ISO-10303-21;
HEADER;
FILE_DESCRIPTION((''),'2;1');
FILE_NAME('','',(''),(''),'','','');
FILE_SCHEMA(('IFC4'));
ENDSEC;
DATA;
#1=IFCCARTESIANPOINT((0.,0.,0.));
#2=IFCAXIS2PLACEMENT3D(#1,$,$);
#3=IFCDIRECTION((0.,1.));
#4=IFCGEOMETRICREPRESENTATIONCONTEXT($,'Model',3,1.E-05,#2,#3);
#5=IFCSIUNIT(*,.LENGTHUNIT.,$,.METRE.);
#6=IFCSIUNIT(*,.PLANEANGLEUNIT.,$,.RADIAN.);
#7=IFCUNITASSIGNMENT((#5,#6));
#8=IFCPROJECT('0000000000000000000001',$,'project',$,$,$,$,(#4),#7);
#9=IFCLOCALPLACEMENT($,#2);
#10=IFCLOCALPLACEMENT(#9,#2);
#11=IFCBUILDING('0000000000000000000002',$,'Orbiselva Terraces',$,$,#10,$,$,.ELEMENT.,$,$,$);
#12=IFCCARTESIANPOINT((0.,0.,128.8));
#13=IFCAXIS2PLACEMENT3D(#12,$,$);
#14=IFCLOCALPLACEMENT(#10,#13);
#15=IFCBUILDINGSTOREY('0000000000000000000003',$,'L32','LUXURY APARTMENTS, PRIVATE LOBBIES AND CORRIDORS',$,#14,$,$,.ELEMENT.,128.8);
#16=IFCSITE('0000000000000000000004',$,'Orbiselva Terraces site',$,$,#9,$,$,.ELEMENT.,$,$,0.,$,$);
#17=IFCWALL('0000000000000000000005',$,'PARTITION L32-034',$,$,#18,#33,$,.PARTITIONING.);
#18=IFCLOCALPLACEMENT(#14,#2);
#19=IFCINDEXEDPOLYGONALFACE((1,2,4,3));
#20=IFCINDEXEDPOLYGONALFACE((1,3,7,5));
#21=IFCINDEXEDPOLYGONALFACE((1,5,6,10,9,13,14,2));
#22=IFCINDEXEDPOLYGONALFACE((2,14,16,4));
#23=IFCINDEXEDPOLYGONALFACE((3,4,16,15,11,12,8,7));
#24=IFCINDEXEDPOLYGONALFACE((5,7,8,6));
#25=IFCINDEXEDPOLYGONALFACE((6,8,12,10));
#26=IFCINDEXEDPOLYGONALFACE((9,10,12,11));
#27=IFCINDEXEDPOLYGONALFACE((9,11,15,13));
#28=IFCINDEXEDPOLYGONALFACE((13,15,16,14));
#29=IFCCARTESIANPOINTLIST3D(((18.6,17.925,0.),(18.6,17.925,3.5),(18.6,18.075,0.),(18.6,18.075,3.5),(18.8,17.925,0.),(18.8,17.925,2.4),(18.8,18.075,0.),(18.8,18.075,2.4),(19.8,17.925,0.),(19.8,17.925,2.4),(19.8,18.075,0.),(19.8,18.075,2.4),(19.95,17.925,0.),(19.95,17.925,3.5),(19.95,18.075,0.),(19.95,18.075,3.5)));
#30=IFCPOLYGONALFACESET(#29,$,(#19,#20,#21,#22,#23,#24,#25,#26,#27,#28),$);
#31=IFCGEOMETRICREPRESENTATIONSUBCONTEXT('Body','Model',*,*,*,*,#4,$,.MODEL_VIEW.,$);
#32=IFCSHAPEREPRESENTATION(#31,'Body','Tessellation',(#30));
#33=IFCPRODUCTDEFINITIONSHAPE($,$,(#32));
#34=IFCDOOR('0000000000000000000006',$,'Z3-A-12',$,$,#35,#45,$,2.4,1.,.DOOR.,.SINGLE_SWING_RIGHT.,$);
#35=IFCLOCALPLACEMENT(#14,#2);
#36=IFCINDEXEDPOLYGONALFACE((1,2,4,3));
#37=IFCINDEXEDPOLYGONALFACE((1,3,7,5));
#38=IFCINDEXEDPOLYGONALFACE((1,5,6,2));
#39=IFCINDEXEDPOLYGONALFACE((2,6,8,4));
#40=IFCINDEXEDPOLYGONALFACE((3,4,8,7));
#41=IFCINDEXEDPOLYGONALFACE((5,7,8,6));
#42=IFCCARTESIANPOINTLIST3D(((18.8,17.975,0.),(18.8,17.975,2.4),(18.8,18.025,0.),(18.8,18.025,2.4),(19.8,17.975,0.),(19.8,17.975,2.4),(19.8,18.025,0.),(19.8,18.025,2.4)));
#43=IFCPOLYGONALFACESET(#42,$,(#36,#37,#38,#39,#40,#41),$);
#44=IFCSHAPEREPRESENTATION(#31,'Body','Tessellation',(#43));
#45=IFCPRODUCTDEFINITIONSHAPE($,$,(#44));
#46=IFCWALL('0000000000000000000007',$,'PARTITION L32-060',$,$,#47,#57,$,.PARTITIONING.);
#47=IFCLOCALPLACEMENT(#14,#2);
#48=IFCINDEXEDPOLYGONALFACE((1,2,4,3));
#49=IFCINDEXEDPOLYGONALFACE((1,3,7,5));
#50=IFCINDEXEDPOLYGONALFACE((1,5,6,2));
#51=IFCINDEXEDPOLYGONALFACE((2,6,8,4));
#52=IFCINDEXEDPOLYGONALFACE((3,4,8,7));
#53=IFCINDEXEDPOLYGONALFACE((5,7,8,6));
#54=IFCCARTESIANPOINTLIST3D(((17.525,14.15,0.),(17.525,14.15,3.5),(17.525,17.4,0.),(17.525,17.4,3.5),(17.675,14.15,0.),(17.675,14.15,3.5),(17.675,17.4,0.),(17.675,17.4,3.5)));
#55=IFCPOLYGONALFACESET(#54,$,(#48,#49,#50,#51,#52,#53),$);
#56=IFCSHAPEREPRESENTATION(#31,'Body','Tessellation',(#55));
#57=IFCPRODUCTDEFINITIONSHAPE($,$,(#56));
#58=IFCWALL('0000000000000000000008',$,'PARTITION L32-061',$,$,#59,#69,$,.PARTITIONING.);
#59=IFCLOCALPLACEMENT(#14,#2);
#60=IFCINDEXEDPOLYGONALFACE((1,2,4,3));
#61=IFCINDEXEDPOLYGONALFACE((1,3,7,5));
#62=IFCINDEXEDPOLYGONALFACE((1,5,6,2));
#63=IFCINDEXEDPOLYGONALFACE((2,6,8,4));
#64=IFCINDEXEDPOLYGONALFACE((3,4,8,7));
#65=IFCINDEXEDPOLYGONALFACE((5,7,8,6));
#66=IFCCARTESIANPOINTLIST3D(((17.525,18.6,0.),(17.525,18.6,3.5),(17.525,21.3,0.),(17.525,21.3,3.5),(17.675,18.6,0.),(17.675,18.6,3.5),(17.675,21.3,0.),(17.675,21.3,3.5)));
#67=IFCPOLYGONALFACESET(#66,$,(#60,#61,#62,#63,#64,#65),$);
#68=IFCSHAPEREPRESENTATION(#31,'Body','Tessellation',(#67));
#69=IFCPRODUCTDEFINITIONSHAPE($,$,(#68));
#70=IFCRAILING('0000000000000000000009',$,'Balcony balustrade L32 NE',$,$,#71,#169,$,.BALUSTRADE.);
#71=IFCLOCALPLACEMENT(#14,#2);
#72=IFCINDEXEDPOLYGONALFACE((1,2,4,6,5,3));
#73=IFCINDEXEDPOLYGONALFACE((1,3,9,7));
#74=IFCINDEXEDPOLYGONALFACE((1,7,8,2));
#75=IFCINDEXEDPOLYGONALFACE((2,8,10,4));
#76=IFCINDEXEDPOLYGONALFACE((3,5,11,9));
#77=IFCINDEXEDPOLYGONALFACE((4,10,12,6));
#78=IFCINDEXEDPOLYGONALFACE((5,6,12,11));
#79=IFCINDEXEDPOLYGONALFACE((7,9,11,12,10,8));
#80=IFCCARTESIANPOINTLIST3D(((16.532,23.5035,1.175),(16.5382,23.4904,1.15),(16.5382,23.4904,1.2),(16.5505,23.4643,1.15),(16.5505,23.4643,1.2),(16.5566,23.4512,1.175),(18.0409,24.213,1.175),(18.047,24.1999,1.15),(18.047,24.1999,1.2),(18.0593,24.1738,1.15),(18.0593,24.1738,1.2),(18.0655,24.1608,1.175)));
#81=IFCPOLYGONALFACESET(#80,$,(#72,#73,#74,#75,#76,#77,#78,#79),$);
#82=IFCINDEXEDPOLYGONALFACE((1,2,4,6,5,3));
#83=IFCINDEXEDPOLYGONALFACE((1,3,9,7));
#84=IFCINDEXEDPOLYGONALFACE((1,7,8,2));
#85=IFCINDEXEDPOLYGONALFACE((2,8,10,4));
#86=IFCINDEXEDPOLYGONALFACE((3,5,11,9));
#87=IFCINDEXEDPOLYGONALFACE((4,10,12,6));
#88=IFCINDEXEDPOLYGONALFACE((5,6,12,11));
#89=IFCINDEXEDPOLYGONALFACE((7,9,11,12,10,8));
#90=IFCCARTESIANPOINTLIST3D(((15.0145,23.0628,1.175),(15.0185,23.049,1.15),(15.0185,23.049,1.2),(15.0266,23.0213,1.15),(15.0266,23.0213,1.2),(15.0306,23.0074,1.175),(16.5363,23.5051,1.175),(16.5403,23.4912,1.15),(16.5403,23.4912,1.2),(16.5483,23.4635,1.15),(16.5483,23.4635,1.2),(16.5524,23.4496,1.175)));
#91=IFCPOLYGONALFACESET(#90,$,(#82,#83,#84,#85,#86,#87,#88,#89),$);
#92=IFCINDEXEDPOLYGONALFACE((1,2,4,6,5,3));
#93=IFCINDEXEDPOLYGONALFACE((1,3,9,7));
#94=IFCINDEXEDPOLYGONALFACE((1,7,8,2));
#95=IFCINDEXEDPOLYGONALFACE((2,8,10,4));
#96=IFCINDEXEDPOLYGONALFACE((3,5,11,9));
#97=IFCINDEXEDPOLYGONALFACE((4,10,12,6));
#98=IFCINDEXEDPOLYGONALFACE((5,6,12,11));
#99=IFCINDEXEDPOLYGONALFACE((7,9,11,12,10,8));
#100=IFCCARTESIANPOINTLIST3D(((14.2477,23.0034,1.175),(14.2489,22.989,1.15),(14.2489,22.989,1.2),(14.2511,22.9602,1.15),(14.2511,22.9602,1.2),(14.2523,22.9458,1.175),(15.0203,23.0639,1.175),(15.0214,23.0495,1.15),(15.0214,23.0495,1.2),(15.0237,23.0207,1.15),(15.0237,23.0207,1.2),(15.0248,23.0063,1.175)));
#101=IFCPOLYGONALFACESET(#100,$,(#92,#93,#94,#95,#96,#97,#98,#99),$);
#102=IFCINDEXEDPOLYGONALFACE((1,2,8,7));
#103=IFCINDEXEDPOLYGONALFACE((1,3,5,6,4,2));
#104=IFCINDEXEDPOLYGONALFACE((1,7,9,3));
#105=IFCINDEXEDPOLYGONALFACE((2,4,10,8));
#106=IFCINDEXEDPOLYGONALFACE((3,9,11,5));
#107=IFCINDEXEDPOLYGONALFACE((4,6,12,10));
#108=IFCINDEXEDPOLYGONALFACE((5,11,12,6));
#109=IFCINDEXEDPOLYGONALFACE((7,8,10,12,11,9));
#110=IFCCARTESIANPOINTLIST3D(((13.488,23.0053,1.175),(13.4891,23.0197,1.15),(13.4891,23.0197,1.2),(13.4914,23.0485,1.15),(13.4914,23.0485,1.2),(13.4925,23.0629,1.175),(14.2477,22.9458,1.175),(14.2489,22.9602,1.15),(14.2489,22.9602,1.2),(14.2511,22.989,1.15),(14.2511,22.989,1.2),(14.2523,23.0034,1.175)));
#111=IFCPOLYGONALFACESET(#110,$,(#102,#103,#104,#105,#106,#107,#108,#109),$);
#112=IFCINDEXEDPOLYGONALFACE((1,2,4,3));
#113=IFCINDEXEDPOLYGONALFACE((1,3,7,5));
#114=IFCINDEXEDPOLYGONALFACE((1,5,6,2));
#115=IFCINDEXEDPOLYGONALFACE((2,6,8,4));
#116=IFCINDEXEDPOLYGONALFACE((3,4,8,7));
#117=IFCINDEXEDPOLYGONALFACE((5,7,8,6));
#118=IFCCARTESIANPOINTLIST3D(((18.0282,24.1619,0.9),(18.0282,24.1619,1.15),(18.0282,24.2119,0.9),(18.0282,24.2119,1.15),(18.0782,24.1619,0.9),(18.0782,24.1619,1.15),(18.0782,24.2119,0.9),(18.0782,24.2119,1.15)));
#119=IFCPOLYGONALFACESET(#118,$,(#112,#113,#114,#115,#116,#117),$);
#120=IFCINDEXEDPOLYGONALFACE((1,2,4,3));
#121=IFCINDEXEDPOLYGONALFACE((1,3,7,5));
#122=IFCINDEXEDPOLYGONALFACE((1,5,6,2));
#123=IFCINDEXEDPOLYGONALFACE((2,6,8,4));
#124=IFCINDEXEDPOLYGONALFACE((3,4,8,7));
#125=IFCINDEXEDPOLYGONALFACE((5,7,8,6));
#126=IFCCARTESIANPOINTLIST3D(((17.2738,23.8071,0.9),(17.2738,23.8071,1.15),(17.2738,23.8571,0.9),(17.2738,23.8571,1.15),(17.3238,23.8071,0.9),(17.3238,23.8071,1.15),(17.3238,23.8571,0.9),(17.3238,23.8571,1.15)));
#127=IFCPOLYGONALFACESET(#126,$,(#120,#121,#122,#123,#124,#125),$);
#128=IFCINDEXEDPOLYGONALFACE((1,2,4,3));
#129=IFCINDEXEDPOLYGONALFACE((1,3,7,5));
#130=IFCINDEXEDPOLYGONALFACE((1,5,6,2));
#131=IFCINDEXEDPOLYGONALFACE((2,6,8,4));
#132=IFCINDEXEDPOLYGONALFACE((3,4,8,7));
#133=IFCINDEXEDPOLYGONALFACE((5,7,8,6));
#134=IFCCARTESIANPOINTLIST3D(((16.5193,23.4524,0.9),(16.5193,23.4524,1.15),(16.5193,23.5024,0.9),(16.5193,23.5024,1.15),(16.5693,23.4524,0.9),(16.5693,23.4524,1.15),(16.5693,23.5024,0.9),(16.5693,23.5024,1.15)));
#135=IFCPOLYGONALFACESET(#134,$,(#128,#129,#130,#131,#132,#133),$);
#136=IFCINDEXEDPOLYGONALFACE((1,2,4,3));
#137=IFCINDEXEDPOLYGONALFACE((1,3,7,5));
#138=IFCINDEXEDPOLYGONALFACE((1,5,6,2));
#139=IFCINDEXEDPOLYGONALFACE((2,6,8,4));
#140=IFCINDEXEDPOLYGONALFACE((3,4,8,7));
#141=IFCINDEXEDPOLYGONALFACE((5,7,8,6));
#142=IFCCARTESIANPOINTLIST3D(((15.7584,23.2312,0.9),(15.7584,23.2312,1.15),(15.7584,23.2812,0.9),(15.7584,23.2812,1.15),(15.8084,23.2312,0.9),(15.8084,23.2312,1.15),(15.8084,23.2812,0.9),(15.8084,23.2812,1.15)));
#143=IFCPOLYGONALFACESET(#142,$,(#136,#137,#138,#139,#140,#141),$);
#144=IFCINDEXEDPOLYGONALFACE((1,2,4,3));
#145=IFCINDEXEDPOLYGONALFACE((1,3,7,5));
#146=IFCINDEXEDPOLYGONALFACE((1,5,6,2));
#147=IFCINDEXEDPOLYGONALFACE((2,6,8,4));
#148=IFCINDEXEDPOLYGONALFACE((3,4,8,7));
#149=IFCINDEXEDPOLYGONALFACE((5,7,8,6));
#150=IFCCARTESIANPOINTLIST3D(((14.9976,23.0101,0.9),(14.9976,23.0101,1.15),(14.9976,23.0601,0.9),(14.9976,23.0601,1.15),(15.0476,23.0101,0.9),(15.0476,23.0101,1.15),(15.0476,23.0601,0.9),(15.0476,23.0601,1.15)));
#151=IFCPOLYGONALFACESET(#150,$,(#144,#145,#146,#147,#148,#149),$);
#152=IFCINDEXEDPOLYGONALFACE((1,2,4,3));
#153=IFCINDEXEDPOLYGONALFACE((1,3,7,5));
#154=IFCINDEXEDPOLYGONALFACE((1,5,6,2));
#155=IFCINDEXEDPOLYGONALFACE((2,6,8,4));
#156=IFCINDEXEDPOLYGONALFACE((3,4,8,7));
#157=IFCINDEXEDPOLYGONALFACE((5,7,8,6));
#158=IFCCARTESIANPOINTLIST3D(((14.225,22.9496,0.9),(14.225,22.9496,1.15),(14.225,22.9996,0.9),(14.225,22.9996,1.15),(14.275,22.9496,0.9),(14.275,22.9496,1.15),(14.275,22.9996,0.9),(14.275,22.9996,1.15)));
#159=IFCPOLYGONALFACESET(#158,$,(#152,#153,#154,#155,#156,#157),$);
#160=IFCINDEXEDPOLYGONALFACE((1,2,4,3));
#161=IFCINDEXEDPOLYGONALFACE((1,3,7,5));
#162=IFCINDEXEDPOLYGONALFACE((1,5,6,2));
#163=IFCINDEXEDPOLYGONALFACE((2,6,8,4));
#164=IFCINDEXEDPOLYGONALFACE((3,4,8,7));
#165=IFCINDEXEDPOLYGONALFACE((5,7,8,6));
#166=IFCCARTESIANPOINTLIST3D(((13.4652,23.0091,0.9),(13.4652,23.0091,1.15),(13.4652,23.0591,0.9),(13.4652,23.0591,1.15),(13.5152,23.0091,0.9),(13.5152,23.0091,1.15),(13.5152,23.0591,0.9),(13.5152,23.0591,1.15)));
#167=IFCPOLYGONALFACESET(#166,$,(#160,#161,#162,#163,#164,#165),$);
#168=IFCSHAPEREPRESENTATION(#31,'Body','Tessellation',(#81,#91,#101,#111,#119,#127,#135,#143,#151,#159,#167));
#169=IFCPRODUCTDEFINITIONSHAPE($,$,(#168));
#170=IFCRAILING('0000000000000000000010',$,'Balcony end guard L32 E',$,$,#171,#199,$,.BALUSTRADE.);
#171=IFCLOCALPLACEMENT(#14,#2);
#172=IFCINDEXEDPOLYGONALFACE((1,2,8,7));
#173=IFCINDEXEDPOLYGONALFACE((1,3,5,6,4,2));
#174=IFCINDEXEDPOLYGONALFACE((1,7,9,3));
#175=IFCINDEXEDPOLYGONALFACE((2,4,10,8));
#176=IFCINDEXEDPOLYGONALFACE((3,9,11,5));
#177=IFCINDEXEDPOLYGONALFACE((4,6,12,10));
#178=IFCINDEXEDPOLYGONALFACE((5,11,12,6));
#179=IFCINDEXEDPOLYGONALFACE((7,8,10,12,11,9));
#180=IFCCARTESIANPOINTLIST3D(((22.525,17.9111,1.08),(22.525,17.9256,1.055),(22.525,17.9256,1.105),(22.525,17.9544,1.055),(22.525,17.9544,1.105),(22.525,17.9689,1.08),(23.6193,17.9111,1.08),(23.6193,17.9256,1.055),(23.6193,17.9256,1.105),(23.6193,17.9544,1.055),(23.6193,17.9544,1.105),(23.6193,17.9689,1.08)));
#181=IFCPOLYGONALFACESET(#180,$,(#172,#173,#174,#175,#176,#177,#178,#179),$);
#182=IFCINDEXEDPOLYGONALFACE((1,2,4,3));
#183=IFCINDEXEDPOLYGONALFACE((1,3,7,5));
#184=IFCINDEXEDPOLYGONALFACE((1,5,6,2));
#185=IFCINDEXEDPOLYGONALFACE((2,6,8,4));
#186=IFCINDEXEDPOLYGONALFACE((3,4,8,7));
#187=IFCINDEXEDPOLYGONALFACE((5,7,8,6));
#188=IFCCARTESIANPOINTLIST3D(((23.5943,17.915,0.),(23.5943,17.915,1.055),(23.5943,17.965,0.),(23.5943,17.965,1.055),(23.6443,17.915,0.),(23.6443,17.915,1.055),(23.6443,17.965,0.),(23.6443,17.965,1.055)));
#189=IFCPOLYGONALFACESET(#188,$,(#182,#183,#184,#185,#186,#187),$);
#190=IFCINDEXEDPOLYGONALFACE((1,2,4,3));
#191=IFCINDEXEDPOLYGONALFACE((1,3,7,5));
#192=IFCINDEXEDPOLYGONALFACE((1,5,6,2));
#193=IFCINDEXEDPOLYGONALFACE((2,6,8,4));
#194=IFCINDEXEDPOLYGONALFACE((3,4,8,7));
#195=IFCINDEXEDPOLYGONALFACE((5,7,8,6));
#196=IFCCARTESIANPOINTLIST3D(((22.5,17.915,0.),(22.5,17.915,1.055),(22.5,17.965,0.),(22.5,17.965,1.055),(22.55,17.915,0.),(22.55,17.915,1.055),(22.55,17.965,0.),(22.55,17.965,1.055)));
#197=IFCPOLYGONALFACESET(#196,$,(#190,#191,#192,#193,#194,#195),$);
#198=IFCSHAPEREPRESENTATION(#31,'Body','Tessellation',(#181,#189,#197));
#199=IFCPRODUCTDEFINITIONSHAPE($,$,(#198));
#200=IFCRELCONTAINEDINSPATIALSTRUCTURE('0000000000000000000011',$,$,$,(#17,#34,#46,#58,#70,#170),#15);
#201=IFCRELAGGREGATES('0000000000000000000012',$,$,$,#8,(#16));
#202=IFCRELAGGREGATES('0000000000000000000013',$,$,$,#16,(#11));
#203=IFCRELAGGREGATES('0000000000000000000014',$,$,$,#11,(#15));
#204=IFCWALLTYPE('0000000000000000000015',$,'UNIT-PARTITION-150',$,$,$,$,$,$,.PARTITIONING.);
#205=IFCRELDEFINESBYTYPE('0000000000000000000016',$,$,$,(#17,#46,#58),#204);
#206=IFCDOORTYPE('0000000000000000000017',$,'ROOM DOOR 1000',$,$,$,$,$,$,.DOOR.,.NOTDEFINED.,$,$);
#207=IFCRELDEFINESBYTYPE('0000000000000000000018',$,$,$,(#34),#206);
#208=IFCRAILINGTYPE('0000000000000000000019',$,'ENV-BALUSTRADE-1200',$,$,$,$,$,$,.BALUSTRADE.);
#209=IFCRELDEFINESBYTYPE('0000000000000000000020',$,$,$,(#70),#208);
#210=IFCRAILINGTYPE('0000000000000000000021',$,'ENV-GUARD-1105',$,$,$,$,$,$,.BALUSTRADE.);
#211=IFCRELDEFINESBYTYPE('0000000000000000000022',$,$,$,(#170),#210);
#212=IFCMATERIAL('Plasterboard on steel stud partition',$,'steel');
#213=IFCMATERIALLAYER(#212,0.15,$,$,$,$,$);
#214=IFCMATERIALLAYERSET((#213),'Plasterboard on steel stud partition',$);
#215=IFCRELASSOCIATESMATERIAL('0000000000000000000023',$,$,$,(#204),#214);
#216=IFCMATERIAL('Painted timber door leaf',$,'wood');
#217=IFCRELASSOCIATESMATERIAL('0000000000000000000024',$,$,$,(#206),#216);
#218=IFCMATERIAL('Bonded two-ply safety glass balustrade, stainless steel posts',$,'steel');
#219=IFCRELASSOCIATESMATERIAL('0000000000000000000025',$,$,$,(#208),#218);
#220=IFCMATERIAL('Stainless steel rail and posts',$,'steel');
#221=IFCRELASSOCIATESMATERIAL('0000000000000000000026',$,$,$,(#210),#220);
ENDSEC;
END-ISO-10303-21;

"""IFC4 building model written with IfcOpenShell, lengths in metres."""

from ifc_helpers import new_model, si_unit, direction, frame, frame_2d, origin, origin_2d, place, context, subcontext, project, spatial, polyline, rectangle, outline, extrude, material, layer, layer_set, type_object, element, fill, save


model = new_model("IFC4")

# Units and contexts
model_context = context("Model", 3, precision=1e-05, world=origin(), true_north=direction((0.0, 1.0)))
body_context = subcontext(model_context, "Body", "Model", "MODEL_VIEW")
ifc_project = project(units=[si_unit("LENGTHUNIT", "METRE"), si_unit("PLANEANGLEUNIT", "RADIAN")], contexts=[model_context])

# Site, building, storey
site_placement = place(None, origin())
site = spatial("IfcSite", under=ifc_project, at=site_placement, Name="Orbiselva Terraces site", CompositionType="ELEMENT", RefElevation=0.0)
building_placement = place(site_placement, origin())
building = spatial("IfcBuilding", under=site, at=building_placement, Name="Orbiselva Terraces", CompositionType="ELEMENT")
storey_placement = place(building_placement, frame((0.0, 0.0, 128.8)))
storey = spatial("IfcBuildingStorey", under=building, at=storey_placement, Name="L32", Description="LUXURY APARTMENTS, PRIVATE LOBBIES AND CORRIDORS", CompositionType="ELEMENT", Elevation=128.8)

# Wall, opening, door
ifc_material_1 = material(Name="Plasterboard on steel stud partition", Category="steel")
ifc_layer_1 = layer(ifc_material_1, 0.15)
ifc_layer_set_1 = layer_set([ifc_layer_1], Name="Plasterboard on steel stud partition")
wall_type_1 = type_object("IfcWallType", Name="UNIT-PARTITION-150", PredefinedType="PARTITIONING", material=ifc_layer_set_1)
wall_1_placement = place(storey_placement, frame((18.6, 18.0, 0.0), z_axis=(0.0, 0.0, 1.0), x_axis=(1.0, 0.0, 0.0)))
wall_1 = element("IfcWall", 1, at=wall_1_placement, inside=storey, type_object=wall_type_1, Name="PARTITION L32-034", PredefinedType="PARTITIONING", context=body_context, shape_type="SweptSolid", body=[
    extrude(rectangle(XDim=1.35, YDim=0.15, at=frame_2d((0.675, 0.0))), origin(), (0.0, 0.0, 1.0), 3.5),
])
opening_1_placement = place(wall_1_placement, frame((0.2, 0.0, 0.0)))
opening_1 = element("IfcOpeningElement", 2, at=opening_1_placement, cuts=wall_1, PredefinedType="OPENING", context=body_context, shape_type="SweptSolid", body=[
    extrude(rectangle(XDim=1.0, YDim=2.4, at=frame_2d((0.5, 1.2))), frame((0.0, 0.085, 0.0), z_axis=(0.0, -1.0, 0.0), x_axis=(1.0, 0.0, 0.0)), (0.0, 0.0, 1.0), 0.17),
])
ifc_material_2 = material(Name="Painted timber door leaf", Category="wood")
door_type_1 = type_object("IfcDoorType", Name="ROOM DOOR 1000", OperationType="NOTDEFINED", PredefinedType="DOOR", material=ifc_material_2)
door_1_placement = place(opening_1_placement, origin())
door_1 = element("IfcDoor", 3, at=door_1_placement, inside=storey, type_object=door_type_1, Name="Z3-A-12", OperationType="SINGLE_SWING_RIGHT", OverallHeight=2.4, OverallWidth=1.0, PredefinedType="DOOR", context=body_context, shape_type="SweptSolid", body=[
    extrude(rectangle(XDim=1.0, YDim=2.4, at=frame_2d((0.5, 1.2))), frame((0.0, 0.025, 0.0), z_axis=(0.0, -1.0, 0.0), x_axis=(1.0, 0.0, 0.0)), (0.0, 0.0, 1.0), 0.05),
])
fill(opening_1, door_1)

# Walls
wall_2_placement = place(storey_placement, frame((17.6, 14.15, 0.0), z_axis=(0.0, 0.0, 1.0), x_axis=(0.0, 1.0, 0.0)))
element("IfcWall", 4, at=wall_2_placement, inside=storey, type_object=wall_type_1, Name="PARTITION L32-060", PredefinedType="PARTITIONING", context=body_context, shape_type="SweptSolid", body=[
    extrude(rectangle(XDim=3.25, YDim=0.15, at=frame_2d((1.625, 0.0))), origin(), (0.0, 0.0, 1.0), 3.5),
])
wall_3_placement = place(storey_placement, frame((17.6, 18.6, 0.0), z_axis=(0.0, 0.0, 1.0), x_axis=(0.0, 1.0, 0.0)))
element("IfcWall", 5, at=wall_3_placement, inside=storey, type_object=wall_type_1, Name="PARTITION L32-061", PredefinedType="PARTITIONING", context=body_context, shape_type="SweptSolid", body=[
    extrude(rectangle(XDim=2.7, YDim=0.15, at=frame_2d((1.35, 0.0))), origin(), (0.0, 0.0, 1.0), 3.5),
])

# Railings
ifc_material_3 = material(Name="Bonded two-ply safety glass balustrade, stainless steel posts", Category="steel")
railing_type_1 = type_object("IfcRailingType", Name="ENV-BALUSTRADE-1200", PredefinedType="BALUSTRADE", material=ifc_material_3)
railing_1_placement = place(storey_placement, frame((18.0532, 24.1869, 0.9)))
element("IfcRailing", 6, at=railing_1_placement, inside=storey, type_object=railing_type_1, Name="Balcony balustrade L32 NE", PredefinedType="BALUSTRADE", context=body_context, shape_type="SweptSolid", body=[
    extrude(outline(polyline([(0.0289, 0.0), (0.0144, 0.025), (-0.0144, 0.025), (-0.0289, 0.0), (-0.0144, -0.025), (0.0144, -0.025), (0.0289, 0.0)])), frame((0.0, 0.0, 0.275), z_axis=(-0.904944, -0.42553, 0.0), x_axis=(0.42553, -0.904944, 0.0)), (0.0, 0.0, 1.0), 1.6674),
    extrude(outline(polyline([(0.0289, 0.0), (0.0144, 0.025), (-0.0144, 0.025), (-0.0289, 0.0), (-0.0144, -0.025), (0.0144, -0.025), (0.0289, 0.0)])), frame((-1.5089, -0.7095, 0.275), z_axis=(-0.96027, -0.279071, 0.0), x_axis=(0.279071, -0.96027, 0.0)), (0.0, 0.0, 1.0), 1.5847),
    extrude(outline(polyline([(0.0289, 0.0), (0.0144, 0.025), (-0.0144, 0.025), (-0.0289, 0.0), (-0.0144, -0.025), (0.0144, -0.025), (0.0289, 0.0)])), frame((-3.0306, -1.1518, 0.275), z_axis=(-0.996948, -0.078071, 0.0), x_axis=(0.078071, -0.996948, 0.0)), (0.0, 0.0, 1.0), 0.7749),
    extrude(outline(polyline([(0.0289, 0.0), (0.0144, 0.025), (-0.0144, 0.025), (-0.0289, 0.0), (-0.0144, -0.025), (0.0144, -0.025), (0.0289, 0.0)])), frame((-3.8032, -1.2123, 0.275), z_axis=(-0.996948, 0.078071, 0.0), x_axis=(-0.078071, -0.996948, 0.0)), (0.0, 0.0, 1.0), 0.7621),
    extrude(rectangle(XDim=0.05, YDim=0.05, at=origin_2d()), origin(), (0.0, 0.0, 1.0), 0.25),
    extrude(rectangle(XDim=0.05, YDim=0.05, at=origin_2d()), frame((-0.7544, -0.3548, 0.0)), (0.0, 0.0, 1.0), 0.25),
    extrude(rectangle(XDim=0.05, YDim=0.05, at=origin_2d()), frame((-1.5089, -0.7095, 0.0)), (0.0, 0.0, 1.0), 0.25),
    extrude(rectangle(XDim=0.05, YDim=0.05, at=origin_2d()), frame((-2.2698, -0.9306, 0.0)), (0.0, 0.0, 1.0), 0.25),
    extrude(rectangle(XDim=0.05, YDim=0.05, at=origin_2d()), frame((-3.0306, -1.1518, 0.0)), (0.0, 0.0, 1.0), 0.25),
    extrude(rectangle(XDim=0.05, YDim=0.05, at=origin_2d()), frame((-3.8032, -1.2123, 0.0)), (0.0, 0.0, 1.0), 0.25),
    extrude(rectangle(XDim=0.05, YDim=0.05, at=origin_2d()), frame((-4.5629, -1.1528, 0.0)), (0.0, 0.0, 1.0), 0.25),
])
ifc_material_4 = material(Name="Stainless steel rail and posts", Category="steel")
railing_type_2 = type_object("IfcRailingType", Name="ENV-GUARD-1105", PredefinedType="BALUSTRADE", material=ifc_material_4)
railing_2_placement = place(storey_placement, frame((23.6193, 17.94, 0.0)))
element("IfcRailing", 7, at=railing_2_placement, inside=storey, type_object=railing_type_2, Name="Balcony end guard L32 E", PredefinedType="BALUSTRADE", context=body_context, shape_type="SweptSolid", body=[
    extrude(outline(polyline([(0.0289, 0.0), (0.0144, 0.025), (-0.0144, 0.025), (-0.0289, 0.0), (-0.0144, -0.025), (0.0144, -0.025), (0.0289, 0.0)])), frame((0.0, 0.0, 1.08), z_axis=(-1.0, 0.0, 0.0), x_axis=(0.0, -1.0, 0.0)), (0.0, 0.0, 1.0), 1.0943),
    extrude(rectangle(XDim=0.05, YDim=0.05, at=origin_2d()), origin(), (0.0, 0.0, 1.0), 1.055),
    extrude(rectangle(XDim=0.05, YDim=0.05, at=origin_2d()), frame((-1.0943, 0.0, 0.0)), (0.0, 0.0, 1.0), 1.055),
])

save(model, "model.ifc")
